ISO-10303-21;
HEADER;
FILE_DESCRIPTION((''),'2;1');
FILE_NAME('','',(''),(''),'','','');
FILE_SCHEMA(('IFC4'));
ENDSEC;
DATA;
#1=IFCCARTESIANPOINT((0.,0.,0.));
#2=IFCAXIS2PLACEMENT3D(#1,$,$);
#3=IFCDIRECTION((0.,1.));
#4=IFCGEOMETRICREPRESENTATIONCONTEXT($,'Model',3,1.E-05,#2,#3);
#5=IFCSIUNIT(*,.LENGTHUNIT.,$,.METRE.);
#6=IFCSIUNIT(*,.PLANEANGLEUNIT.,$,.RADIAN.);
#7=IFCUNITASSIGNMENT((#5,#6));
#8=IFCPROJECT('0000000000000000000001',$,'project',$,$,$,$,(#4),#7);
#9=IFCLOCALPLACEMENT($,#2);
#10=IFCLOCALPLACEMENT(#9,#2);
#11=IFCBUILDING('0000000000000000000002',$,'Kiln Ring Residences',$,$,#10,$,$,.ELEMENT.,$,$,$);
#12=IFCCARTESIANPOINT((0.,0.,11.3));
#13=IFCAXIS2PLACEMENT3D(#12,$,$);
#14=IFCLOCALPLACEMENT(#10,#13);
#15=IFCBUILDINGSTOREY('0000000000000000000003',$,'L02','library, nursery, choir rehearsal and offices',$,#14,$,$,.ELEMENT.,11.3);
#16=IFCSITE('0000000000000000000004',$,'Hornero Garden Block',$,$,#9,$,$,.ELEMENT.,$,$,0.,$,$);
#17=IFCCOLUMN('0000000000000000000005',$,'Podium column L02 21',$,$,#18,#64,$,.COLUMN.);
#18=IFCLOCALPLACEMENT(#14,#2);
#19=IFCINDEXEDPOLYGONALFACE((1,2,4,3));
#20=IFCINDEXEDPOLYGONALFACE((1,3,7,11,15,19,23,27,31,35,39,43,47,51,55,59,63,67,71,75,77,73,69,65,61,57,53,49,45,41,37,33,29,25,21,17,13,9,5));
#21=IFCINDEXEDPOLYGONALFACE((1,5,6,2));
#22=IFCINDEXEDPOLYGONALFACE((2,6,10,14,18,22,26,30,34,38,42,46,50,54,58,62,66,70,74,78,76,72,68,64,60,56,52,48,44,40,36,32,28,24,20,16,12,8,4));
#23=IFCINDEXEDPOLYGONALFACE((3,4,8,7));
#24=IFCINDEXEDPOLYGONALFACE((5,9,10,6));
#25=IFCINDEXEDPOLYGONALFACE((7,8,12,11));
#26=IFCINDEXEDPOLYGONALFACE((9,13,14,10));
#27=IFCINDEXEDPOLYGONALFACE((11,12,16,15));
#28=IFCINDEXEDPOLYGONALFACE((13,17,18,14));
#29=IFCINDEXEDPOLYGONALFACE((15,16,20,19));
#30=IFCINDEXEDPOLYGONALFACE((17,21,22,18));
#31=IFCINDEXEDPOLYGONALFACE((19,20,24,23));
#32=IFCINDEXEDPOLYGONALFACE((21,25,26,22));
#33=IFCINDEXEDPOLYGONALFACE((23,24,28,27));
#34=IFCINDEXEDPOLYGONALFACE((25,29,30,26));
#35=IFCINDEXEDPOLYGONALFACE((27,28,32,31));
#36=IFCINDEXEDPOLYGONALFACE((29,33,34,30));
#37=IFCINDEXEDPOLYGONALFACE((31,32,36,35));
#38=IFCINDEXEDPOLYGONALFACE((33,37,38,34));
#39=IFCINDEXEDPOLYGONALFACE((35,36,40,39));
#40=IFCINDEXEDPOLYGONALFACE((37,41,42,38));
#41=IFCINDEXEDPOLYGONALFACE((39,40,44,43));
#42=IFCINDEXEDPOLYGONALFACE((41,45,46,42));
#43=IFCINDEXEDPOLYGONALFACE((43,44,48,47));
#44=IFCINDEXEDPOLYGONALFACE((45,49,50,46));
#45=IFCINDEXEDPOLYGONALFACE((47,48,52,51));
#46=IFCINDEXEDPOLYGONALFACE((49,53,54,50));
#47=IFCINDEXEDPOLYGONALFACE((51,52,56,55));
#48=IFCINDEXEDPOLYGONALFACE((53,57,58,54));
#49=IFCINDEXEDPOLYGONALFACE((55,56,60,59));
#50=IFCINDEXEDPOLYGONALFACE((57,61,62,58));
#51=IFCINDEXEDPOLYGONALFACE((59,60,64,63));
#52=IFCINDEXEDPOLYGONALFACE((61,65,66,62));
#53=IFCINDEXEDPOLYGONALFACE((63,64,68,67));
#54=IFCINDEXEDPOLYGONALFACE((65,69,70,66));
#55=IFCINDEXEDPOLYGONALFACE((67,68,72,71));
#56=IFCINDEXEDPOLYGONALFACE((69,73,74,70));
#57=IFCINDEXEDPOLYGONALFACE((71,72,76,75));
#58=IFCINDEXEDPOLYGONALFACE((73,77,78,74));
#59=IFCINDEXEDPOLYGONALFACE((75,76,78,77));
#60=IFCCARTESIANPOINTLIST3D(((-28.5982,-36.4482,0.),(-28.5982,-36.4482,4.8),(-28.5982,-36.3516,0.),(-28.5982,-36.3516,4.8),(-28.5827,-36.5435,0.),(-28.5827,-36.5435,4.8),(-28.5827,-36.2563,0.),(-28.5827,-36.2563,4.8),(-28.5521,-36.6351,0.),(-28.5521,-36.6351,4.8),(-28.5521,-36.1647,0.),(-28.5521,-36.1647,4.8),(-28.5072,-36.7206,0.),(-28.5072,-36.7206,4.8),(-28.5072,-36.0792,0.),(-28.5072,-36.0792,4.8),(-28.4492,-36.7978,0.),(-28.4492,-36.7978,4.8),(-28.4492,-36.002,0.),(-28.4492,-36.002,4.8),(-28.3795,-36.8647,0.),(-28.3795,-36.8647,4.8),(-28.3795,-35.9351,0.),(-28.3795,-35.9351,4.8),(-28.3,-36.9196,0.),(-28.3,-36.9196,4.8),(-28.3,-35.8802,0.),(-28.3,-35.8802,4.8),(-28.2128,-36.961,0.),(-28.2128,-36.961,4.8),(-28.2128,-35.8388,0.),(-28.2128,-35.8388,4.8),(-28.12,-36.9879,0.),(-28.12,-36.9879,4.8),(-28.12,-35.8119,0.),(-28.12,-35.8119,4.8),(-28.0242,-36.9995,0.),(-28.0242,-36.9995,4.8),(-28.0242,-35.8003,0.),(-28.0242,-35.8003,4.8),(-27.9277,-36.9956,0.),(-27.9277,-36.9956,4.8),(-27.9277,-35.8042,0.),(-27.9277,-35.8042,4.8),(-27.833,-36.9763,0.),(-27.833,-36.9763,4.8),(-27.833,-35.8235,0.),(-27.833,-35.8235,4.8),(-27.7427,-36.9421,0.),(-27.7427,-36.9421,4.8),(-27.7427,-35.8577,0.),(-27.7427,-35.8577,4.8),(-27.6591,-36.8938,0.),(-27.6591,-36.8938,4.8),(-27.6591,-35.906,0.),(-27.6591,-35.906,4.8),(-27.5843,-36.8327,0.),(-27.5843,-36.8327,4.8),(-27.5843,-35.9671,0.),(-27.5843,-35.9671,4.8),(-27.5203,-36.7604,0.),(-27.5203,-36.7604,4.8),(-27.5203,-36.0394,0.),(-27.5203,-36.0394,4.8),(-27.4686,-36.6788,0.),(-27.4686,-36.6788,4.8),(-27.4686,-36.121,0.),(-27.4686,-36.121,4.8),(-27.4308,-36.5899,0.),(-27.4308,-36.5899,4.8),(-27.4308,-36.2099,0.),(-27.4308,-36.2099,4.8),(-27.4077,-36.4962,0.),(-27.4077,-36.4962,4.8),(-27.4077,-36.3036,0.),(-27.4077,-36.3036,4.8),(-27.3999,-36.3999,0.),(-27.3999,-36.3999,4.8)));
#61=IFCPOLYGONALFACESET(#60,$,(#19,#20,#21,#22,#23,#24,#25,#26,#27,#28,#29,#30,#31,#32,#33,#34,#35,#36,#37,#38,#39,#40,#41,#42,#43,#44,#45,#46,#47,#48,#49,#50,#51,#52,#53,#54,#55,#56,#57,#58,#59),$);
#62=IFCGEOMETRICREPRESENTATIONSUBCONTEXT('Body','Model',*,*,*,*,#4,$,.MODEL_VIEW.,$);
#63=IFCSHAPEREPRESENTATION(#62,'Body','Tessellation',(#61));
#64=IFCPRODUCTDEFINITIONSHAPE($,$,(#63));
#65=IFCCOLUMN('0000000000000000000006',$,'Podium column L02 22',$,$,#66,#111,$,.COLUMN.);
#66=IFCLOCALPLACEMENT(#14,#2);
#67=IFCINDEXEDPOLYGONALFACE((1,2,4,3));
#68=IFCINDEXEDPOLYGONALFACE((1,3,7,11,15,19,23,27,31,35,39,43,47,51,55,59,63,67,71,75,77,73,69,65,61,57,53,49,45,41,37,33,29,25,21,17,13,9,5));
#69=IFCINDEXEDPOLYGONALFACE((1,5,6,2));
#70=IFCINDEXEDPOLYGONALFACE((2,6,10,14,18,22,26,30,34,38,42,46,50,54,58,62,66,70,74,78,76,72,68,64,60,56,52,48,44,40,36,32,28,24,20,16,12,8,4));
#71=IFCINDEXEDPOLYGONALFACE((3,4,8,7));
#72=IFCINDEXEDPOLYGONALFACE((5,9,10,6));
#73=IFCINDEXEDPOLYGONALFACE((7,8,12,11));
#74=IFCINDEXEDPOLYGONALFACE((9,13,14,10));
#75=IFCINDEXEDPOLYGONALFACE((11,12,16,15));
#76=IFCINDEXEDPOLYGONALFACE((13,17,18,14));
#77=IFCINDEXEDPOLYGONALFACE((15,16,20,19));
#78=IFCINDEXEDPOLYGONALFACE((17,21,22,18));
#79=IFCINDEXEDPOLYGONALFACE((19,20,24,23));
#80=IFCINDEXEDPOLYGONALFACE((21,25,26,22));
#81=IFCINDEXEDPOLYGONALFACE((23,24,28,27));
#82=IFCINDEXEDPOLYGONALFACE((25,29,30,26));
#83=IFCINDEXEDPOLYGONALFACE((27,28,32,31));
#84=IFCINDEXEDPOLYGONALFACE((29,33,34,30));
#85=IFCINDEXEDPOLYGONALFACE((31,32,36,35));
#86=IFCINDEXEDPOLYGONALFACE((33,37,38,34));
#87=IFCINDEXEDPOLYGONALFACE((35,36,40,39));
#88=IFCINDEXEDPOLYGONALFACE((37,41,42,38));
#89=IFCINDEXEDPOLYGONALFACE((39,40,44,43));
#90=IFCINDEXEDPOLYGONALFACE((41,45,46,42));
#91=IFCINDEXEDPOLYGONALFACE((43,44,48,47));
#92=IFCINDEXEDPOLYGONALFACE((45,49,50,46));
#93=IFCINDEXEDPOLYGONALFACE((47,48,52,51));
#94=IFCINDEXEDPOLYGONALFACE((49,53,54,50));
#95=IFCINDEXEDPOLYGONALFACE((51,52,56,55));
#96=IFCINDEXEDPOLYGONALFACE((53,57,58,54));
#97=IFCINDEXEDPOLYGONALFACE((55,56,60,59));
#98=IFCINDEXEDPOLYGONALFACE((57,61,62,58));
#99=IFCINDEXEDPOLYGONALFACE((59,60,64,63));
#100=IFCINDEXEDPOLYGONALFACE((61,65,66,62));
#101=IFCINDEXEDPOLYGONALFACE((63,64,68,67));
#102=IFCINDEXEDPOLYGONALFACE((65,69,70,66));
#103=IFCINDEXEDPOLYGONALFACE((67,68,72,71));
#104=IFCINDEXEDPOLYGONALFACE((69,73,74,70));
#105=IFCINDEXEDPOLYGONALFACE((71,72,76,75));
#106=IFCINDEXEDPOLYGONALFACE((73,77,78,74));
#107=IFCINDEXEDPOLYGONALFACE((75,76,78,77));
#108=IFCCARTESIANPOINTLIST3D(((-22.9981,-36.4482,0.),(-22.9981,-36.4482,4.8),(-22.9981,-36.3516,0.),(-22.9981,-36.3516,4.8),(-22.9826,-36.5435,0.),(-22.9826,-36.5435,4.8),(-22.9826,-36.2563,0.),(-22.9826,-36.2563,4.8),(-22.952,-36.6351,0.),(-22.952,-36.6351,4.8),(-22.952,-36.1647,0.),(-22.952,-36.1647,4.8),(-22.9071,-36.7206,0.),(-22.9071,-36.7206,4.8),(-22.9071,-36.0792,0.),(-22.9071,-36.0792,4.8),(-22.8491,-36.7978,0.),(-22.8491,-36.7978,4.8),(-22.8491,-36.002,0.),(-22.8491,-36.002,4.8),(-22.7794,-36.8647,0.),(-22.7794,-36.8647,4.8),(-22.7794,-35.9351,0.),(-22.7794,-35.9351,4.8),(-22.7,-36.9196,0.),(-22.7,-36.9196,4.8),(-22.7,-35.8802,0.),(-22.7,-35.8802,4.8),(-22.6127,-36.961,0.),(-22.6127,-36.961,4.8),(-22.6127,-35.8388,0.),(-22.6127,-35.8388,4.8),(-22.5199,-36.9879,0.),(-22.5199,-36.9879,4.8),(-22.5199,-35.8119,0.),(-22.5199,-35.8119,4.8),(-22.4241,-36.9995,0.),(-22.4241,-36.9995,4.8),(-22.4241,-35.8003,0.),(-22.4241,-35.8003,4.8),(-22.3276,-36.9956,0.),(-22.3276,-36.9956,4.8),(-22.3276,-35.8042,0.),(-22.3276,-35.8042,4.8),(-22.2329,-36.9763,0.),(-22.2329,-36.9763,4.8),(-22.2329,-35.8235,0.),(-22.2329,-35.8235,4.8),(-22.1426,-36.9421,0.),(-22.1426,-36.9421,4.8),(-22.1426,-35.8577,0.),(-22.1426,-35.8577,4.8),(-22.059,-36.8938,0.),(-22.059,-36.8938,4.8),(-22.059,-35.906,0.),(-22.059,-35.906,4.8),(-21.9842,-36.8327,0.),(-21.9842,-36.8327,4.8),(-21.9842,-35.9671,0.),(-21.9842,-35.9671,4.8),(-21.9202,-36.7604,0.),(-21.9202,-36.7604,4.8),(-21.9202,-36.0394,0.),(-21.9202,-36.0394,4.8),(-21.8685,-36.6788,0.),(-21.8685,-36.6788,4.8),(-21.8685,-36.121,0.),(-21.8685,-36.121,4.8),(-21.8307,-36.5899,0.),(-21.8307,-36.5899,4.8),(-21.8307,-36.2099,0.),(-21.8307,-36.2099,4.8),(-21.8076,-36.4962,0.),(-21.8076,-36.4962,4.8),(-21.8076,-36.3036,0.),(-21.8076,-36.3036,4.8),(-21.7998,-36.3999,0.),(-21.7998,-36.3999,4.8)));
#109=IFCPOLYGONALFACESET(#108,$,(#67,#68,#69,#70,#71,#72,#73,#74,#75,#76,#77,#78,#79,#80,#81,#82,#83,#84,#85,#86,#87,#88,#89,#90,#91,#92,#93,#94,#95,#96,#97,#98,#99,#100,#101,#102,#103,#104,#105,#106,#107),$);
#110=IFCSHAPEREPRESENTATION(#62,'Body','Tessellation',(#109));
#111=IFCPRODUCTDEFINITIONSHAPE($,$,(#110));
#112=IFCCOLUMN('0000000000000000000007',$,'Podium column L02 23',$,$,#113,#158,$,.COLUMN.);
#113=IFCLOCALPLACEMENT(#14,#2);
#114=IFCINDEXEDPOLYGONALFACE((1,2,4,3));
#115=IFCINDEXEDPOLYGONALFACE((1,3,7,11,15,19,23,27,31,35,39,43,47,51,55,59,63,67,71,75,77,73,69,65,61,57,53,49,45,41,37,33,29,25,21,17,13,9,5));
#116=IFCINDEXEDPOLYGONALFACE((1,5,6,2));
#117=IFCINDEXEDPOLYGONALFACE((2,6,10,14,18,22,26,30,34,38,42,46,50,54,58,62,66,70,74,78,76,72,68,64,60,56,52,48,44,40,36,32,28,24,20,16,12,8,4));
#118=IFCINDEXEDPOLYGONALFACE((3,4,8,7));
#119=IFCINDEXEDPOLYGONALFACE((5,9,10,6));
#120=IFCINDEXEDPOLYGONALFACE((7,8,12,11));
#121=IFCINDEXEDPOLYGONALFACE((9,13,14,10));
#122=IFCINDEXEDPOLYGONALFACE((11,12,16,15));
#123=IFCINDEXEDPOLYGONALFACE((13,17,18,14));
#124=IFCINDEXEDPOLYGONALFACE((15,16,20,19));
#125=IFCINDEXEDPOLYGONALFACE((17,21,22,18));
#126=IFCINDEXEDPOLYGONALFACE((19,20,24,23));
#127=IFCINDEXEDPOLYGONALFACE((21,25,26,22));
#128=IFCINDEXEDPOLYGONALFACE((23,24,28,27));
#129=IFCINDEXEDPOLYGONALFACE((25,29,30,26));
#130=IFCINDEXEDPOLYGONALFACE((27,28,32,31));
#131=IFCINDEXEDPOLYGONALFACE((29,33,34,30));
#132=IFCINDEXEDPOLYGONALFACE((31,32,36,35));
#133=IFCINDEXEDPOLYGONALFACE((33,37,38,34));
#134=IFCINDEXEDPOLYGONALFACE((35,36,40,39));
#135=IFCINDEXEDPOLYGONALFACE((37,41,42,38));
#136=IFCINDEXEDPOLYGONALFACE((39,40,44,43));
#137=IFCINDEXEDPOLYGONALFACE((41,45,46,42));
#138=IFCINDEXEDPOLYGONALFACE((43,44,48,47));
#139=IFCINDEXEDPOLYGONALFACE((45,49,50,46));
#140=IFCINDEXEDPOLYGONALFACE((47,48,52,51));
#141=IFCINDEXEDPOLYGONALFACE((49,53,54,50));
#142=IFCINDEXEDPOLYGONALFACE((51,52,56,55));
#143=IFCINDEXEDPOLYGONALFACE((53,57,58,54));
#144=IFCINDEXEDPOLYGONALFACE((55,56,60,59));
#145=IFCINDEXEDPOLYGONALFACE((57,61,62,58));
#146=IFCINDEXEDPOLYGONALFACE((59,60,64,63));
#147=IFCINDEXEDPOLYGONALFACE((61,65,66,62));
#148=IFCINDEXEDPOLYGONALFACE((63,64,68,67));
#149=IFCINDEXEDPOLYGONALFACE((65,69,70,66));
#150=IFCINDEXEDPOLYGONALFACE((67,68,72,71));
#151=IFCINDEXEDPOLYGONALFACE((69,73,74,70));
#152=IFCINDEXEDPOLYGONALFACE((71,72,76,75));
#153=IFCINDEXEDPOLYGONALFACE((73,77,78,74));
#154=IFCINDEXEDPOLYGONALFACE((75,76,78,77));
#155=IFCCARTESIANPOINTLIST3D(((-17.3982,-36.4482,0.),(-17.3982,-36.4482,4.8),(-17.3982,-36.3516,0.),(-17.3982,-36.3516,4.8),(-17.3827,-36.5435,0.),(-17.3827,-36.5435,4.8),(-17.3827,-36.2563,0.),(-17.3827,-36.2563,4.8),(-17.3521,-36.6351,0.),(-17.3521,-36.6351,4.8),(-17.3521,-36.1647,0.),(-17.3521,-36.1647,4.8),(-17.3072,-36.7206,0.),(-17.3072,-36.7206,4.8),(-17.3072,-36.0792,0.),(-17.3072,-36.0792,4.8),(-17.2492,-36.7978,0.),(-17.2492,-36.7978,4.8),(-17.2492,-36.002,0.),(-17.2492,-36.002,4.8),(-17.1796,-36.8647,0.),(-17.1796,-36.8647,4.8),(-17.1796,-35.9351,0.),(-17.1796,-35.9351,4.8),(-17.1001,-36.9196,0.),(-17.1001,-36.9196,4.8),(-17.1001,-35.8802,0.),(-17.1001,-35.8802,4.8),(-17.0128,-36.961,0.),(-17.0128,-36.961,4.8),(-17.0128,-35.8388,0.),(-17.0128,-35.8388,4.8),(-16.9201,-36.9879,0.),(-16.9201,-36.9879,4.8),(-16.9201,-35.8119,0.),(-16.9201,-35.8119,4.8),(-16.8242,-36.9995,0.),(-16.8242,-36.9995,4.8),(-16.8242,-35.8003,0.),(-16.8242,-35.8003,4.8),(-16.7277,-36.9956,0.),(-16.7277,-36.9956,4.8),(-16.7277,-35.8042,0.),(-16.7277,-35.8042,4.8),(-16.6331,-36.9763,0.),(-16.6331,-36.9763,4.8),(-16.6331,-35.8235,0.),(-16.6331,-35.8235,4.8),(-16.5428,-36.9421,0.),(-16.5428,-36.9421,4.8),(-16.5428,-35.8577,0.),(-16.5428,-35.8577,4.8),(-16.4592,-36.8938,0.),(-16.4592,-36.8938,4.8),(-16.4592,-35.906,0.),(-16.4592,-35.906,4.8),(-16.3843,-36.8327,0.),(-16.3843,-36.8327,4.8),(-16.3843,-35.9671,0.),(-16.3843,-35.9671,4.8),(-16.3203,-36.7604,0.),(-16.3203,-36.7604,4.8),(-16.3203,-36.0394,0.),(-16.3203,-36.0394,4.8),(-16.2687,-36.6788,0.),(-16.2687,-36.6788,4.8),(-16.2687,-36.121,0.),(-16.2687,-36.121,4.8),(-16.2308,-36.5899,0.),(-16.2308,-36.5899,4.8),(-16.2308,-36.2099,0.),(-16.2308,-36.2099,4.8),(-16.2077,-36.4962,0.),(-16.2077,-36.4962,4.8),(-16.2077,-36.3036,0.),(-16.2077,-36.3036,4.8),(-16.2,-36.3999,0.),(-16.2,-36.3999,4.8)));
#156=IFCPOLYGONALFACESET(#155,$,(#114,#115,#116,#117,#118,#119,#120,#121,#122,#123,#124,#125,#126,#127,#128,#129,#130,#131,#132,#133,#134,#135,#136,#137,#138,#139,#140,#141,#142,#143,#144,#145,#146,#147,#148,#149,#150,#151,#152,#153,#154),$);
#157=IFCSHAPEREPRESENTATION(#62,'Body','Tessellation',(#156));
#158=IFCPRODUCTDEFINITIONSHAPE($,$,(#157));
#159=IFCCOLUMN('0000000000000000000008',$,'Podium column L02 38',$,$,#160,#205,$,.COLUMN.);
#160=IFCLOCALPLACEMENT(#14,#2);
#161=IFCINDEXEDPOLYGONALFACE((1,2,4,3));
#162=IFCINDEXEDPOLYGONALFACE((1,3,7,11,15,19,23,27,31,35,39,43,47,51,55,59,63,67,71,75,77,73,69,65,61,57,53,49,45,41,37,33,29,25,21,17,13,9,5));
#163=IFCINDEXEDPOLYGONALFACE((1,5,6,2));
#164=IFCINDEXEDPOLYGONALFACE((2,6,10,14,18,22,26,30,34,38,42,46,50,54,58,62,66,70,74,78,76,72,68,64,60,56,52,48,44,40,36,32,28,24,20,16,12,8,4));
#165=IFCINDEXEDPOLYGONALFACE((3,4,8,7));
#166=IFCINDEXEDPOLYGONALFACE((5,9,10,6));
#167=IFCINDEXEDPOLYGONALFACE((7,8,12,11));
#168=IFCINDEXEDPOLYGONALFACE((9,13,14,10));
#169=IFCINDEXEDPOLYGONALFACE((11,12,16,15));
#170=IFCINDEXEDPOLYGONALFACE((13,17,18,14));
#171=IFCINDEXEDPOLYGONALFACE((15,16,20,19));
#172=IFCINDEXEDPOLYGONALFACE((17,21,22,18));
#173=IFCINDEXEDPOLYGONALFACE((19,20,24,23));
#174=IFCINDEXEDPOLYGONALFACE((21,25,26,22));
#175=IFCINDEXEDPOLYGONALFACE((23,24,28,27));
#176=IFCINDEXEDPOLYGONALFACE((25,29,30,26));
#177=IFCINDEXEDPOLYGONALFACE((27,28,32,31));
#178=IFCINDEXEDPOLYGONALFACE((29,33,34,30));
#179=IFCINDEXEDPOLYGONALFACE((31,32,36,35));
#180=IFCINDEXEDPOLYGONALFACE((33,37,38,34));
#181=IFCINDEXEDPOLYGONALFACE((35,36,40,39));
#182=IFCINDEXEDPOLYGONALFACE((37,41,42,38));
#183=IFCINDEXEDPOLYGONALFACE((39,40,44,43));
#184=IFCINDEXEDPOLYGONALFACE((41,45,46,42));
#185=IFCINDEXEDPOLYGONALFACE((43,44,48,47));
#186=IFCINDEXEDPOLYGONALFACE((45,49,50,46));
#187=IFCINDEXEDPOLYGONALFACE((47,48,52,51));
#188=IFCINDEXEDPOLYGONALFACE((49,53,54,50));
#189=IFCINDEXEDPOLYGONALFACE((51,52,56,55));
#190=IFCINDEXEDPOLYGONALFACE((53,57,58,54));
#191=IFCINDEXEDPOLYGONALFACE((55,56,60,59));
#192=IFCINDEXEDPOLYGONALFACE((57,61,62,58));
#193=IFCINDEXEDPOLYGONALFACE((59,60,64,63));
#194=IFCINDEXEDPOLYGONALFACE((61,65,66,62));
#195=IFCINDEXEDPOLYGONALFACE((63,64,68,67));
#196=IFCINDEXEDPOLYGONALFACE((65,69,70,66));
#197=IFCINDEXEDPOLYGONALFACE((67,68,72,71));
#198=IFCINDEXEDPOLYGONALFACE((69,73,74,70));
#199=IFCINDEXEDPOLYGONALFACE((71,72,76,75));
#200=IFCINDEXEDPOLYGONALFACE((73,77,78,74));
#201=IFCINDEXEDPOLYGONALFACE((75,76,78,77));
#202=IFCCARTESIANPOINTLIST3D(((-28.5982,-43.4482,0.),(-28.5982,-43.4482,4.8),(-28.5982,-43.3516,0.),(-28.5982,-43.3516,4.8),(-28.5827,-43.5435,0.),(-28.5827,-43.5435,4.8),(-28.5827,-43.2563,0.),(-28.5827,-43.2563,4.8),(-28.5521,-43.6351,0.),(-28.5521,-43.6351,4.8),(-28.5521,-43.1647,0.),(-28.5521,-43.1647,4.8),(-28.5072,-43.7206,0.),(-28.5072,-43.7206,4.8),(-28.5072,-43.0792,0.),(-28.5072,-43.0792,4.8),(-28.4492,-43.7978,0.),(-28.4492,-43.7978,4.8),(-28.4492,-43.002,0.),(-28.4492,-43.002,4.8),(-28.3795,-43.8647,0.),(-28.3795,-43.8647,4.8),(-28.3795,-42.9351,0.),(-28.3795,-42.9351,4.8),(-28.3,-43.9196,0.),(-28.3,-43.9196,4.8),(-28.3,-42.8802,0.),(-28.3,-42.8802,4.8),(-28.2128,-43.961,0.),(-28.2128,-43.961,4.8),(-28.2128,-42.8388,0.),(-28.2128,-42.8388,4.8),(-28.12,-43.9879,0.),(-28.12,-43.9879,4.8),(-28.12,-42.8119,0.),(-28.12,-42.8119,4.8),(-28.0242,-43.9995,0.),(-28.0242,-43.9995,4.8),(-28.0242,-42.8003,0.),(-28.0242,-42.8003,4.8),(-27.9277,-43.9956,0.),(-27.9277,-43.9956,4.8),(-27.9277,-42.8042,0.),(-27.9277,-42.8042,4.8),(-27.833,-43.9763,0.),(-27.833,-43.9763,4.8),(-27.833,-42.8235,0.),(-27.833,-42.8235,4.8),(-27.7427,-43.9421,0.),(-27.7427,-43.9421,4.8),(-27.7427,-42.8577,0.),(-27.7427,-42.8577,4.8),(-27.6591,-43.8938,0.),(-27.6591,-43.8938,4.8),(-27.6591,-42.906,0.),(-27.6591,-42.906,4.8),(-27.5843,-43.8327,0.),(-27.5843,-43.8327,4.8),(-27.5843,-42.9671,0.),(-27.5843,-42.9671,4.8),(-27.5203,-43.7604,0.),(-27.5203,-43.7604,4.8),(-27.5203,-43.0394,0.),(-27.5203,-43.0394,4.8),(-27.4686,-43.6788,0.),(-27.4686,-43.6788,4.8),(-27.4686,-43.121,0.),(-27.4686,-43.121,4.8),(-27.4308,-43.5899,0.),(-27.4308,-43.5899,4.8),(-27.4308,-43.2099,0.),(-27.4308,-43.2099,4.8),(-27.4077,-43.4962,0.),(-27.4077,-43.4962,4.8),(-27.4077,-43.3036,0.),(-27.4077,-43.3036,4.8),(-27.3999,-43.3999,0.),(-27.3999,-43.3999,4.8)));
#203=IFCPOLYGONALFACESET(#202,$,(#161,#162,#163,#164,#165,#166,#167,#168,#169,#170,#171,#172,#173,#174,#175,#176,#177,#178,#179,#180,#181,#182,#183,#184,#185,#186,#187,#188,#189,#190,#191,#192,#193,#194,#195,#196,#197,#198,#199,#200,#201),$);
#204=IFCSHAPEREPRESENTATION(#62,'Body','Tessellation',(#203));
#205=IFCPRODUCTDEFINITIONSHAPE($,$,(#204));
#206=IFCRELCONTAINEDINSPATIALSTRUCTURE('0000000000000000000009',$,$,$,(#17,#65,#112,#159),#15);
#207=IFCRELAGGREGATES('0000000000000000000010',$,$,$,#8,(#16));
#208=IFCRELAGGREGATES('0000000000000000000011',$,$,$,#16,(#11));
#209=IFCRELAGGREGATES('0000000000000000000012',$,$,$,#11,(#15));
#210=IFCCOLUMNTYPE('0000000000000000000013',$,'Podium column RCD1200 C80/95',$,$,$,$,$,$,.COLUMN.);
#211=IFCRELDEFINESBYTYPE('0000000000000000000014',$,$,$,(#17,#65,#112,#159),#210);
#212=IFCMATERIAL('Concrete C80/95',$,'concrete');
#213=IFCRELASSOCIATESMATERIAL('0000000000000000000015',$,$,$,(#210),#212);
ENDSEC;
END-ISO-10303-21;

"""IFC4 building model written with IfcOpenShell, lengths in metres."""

from ifc_helpers import new_model, si_unit, direction, frame, origin, origin_2d, place, context, subcontext, project, spatial, circle, extrude, material, material_profile, profile_set, type_object, element, save


model = new_model("IFC4")

# Units and contexts
model_context = context("Model", 3, precision=1e-05, world=origin(), true_north=direction((0.0, 1.0)))
body_context = subcontext(model_context, "Body", "Model", "MODEL_VIEW")
ifc_project = project(units=[si_unit("LENGTHUNIT", "METRE"), si_unit("PLANEANGLEUNIT", "RADIAN")], contexts=[model_context])

# Site, building, storey
site_placement = place(None, origin())
site = spatial("IfcSite", under=ifc_project, at=site_placement, Name="Hornero Garden Block", CompositionType="ELEMENT", RefElevation=0.0)
building_placement = place(site_placement, origin())
building = spatial("IfcBuilding", under=site, at=building_placement, Name="Kiln Ring Residences", CompositionType="ELEMENT")
storey_placement = place(building_placement, frame((0.0, 0.0, 11.3)))
storey = spatial("IfcBuildingStorey", under=building, at=storey_placement, Name="L02", Description="library, nursery, choir rehearsal and offices", CompositionType="ELEMENT", Elevation=11.3)

# Columns
ifc_material_1 = material(Name="Concrete C80/95", Category="concrete")
ifc_material_profile_1 = material_profile(ifc_material_1, circle(Radius=0.6001, at=origin_2d()), Name="RCD1200")
ifc_profile_set_1 = profile_set([ifc_material_profile_1], Name="Concrete C80/95")
column_type_1 = type_object("IfcColumnType", Name="Podium column RCD1200 C80/95", PredefinedType="COLUMN", material=ifc_profile_set_1)
for number, where, z_axis, x_axis, name in (
    (1, (-28.0, -36.3999, 0.0), (0.0, 0.0, 1.0), (1.0, 0.0, 0.0), "Podium column L02 21"),
    (2, (-22.3999, -36.3999, 0.0), (0.0, 0.0, 1.0), (1.0, 0.0, 0.0), "Podium column L02 22"),
    (3, (-16.8, -36.3999, 0.0), (0.0, 0.0, 1.0), (1.0, 0.0, 0.0), "Podium column L02 23"),
    (4, (-28.0, -43.3999, 0.0), (0.0, 0.0, 1.0), (1.0, 0.0, 0.0), "Podium column L02 38"),
):
    element("IfcColumn", number, at=place(storey_placement, frame(where, z_axis=z_axis, x_axis=x_axis)), inside=storey, type_object=column_type_1, Name=name, PredefinedType="COLUMN", context=body_context, shape_type="SweptSolid", body=[
        extrude(circle(Radius=0.6001, at=origin_2d()), origin(), (0.0, 0.0, 1.0), 4.8),
    ])

save(model, "model.ifc")
